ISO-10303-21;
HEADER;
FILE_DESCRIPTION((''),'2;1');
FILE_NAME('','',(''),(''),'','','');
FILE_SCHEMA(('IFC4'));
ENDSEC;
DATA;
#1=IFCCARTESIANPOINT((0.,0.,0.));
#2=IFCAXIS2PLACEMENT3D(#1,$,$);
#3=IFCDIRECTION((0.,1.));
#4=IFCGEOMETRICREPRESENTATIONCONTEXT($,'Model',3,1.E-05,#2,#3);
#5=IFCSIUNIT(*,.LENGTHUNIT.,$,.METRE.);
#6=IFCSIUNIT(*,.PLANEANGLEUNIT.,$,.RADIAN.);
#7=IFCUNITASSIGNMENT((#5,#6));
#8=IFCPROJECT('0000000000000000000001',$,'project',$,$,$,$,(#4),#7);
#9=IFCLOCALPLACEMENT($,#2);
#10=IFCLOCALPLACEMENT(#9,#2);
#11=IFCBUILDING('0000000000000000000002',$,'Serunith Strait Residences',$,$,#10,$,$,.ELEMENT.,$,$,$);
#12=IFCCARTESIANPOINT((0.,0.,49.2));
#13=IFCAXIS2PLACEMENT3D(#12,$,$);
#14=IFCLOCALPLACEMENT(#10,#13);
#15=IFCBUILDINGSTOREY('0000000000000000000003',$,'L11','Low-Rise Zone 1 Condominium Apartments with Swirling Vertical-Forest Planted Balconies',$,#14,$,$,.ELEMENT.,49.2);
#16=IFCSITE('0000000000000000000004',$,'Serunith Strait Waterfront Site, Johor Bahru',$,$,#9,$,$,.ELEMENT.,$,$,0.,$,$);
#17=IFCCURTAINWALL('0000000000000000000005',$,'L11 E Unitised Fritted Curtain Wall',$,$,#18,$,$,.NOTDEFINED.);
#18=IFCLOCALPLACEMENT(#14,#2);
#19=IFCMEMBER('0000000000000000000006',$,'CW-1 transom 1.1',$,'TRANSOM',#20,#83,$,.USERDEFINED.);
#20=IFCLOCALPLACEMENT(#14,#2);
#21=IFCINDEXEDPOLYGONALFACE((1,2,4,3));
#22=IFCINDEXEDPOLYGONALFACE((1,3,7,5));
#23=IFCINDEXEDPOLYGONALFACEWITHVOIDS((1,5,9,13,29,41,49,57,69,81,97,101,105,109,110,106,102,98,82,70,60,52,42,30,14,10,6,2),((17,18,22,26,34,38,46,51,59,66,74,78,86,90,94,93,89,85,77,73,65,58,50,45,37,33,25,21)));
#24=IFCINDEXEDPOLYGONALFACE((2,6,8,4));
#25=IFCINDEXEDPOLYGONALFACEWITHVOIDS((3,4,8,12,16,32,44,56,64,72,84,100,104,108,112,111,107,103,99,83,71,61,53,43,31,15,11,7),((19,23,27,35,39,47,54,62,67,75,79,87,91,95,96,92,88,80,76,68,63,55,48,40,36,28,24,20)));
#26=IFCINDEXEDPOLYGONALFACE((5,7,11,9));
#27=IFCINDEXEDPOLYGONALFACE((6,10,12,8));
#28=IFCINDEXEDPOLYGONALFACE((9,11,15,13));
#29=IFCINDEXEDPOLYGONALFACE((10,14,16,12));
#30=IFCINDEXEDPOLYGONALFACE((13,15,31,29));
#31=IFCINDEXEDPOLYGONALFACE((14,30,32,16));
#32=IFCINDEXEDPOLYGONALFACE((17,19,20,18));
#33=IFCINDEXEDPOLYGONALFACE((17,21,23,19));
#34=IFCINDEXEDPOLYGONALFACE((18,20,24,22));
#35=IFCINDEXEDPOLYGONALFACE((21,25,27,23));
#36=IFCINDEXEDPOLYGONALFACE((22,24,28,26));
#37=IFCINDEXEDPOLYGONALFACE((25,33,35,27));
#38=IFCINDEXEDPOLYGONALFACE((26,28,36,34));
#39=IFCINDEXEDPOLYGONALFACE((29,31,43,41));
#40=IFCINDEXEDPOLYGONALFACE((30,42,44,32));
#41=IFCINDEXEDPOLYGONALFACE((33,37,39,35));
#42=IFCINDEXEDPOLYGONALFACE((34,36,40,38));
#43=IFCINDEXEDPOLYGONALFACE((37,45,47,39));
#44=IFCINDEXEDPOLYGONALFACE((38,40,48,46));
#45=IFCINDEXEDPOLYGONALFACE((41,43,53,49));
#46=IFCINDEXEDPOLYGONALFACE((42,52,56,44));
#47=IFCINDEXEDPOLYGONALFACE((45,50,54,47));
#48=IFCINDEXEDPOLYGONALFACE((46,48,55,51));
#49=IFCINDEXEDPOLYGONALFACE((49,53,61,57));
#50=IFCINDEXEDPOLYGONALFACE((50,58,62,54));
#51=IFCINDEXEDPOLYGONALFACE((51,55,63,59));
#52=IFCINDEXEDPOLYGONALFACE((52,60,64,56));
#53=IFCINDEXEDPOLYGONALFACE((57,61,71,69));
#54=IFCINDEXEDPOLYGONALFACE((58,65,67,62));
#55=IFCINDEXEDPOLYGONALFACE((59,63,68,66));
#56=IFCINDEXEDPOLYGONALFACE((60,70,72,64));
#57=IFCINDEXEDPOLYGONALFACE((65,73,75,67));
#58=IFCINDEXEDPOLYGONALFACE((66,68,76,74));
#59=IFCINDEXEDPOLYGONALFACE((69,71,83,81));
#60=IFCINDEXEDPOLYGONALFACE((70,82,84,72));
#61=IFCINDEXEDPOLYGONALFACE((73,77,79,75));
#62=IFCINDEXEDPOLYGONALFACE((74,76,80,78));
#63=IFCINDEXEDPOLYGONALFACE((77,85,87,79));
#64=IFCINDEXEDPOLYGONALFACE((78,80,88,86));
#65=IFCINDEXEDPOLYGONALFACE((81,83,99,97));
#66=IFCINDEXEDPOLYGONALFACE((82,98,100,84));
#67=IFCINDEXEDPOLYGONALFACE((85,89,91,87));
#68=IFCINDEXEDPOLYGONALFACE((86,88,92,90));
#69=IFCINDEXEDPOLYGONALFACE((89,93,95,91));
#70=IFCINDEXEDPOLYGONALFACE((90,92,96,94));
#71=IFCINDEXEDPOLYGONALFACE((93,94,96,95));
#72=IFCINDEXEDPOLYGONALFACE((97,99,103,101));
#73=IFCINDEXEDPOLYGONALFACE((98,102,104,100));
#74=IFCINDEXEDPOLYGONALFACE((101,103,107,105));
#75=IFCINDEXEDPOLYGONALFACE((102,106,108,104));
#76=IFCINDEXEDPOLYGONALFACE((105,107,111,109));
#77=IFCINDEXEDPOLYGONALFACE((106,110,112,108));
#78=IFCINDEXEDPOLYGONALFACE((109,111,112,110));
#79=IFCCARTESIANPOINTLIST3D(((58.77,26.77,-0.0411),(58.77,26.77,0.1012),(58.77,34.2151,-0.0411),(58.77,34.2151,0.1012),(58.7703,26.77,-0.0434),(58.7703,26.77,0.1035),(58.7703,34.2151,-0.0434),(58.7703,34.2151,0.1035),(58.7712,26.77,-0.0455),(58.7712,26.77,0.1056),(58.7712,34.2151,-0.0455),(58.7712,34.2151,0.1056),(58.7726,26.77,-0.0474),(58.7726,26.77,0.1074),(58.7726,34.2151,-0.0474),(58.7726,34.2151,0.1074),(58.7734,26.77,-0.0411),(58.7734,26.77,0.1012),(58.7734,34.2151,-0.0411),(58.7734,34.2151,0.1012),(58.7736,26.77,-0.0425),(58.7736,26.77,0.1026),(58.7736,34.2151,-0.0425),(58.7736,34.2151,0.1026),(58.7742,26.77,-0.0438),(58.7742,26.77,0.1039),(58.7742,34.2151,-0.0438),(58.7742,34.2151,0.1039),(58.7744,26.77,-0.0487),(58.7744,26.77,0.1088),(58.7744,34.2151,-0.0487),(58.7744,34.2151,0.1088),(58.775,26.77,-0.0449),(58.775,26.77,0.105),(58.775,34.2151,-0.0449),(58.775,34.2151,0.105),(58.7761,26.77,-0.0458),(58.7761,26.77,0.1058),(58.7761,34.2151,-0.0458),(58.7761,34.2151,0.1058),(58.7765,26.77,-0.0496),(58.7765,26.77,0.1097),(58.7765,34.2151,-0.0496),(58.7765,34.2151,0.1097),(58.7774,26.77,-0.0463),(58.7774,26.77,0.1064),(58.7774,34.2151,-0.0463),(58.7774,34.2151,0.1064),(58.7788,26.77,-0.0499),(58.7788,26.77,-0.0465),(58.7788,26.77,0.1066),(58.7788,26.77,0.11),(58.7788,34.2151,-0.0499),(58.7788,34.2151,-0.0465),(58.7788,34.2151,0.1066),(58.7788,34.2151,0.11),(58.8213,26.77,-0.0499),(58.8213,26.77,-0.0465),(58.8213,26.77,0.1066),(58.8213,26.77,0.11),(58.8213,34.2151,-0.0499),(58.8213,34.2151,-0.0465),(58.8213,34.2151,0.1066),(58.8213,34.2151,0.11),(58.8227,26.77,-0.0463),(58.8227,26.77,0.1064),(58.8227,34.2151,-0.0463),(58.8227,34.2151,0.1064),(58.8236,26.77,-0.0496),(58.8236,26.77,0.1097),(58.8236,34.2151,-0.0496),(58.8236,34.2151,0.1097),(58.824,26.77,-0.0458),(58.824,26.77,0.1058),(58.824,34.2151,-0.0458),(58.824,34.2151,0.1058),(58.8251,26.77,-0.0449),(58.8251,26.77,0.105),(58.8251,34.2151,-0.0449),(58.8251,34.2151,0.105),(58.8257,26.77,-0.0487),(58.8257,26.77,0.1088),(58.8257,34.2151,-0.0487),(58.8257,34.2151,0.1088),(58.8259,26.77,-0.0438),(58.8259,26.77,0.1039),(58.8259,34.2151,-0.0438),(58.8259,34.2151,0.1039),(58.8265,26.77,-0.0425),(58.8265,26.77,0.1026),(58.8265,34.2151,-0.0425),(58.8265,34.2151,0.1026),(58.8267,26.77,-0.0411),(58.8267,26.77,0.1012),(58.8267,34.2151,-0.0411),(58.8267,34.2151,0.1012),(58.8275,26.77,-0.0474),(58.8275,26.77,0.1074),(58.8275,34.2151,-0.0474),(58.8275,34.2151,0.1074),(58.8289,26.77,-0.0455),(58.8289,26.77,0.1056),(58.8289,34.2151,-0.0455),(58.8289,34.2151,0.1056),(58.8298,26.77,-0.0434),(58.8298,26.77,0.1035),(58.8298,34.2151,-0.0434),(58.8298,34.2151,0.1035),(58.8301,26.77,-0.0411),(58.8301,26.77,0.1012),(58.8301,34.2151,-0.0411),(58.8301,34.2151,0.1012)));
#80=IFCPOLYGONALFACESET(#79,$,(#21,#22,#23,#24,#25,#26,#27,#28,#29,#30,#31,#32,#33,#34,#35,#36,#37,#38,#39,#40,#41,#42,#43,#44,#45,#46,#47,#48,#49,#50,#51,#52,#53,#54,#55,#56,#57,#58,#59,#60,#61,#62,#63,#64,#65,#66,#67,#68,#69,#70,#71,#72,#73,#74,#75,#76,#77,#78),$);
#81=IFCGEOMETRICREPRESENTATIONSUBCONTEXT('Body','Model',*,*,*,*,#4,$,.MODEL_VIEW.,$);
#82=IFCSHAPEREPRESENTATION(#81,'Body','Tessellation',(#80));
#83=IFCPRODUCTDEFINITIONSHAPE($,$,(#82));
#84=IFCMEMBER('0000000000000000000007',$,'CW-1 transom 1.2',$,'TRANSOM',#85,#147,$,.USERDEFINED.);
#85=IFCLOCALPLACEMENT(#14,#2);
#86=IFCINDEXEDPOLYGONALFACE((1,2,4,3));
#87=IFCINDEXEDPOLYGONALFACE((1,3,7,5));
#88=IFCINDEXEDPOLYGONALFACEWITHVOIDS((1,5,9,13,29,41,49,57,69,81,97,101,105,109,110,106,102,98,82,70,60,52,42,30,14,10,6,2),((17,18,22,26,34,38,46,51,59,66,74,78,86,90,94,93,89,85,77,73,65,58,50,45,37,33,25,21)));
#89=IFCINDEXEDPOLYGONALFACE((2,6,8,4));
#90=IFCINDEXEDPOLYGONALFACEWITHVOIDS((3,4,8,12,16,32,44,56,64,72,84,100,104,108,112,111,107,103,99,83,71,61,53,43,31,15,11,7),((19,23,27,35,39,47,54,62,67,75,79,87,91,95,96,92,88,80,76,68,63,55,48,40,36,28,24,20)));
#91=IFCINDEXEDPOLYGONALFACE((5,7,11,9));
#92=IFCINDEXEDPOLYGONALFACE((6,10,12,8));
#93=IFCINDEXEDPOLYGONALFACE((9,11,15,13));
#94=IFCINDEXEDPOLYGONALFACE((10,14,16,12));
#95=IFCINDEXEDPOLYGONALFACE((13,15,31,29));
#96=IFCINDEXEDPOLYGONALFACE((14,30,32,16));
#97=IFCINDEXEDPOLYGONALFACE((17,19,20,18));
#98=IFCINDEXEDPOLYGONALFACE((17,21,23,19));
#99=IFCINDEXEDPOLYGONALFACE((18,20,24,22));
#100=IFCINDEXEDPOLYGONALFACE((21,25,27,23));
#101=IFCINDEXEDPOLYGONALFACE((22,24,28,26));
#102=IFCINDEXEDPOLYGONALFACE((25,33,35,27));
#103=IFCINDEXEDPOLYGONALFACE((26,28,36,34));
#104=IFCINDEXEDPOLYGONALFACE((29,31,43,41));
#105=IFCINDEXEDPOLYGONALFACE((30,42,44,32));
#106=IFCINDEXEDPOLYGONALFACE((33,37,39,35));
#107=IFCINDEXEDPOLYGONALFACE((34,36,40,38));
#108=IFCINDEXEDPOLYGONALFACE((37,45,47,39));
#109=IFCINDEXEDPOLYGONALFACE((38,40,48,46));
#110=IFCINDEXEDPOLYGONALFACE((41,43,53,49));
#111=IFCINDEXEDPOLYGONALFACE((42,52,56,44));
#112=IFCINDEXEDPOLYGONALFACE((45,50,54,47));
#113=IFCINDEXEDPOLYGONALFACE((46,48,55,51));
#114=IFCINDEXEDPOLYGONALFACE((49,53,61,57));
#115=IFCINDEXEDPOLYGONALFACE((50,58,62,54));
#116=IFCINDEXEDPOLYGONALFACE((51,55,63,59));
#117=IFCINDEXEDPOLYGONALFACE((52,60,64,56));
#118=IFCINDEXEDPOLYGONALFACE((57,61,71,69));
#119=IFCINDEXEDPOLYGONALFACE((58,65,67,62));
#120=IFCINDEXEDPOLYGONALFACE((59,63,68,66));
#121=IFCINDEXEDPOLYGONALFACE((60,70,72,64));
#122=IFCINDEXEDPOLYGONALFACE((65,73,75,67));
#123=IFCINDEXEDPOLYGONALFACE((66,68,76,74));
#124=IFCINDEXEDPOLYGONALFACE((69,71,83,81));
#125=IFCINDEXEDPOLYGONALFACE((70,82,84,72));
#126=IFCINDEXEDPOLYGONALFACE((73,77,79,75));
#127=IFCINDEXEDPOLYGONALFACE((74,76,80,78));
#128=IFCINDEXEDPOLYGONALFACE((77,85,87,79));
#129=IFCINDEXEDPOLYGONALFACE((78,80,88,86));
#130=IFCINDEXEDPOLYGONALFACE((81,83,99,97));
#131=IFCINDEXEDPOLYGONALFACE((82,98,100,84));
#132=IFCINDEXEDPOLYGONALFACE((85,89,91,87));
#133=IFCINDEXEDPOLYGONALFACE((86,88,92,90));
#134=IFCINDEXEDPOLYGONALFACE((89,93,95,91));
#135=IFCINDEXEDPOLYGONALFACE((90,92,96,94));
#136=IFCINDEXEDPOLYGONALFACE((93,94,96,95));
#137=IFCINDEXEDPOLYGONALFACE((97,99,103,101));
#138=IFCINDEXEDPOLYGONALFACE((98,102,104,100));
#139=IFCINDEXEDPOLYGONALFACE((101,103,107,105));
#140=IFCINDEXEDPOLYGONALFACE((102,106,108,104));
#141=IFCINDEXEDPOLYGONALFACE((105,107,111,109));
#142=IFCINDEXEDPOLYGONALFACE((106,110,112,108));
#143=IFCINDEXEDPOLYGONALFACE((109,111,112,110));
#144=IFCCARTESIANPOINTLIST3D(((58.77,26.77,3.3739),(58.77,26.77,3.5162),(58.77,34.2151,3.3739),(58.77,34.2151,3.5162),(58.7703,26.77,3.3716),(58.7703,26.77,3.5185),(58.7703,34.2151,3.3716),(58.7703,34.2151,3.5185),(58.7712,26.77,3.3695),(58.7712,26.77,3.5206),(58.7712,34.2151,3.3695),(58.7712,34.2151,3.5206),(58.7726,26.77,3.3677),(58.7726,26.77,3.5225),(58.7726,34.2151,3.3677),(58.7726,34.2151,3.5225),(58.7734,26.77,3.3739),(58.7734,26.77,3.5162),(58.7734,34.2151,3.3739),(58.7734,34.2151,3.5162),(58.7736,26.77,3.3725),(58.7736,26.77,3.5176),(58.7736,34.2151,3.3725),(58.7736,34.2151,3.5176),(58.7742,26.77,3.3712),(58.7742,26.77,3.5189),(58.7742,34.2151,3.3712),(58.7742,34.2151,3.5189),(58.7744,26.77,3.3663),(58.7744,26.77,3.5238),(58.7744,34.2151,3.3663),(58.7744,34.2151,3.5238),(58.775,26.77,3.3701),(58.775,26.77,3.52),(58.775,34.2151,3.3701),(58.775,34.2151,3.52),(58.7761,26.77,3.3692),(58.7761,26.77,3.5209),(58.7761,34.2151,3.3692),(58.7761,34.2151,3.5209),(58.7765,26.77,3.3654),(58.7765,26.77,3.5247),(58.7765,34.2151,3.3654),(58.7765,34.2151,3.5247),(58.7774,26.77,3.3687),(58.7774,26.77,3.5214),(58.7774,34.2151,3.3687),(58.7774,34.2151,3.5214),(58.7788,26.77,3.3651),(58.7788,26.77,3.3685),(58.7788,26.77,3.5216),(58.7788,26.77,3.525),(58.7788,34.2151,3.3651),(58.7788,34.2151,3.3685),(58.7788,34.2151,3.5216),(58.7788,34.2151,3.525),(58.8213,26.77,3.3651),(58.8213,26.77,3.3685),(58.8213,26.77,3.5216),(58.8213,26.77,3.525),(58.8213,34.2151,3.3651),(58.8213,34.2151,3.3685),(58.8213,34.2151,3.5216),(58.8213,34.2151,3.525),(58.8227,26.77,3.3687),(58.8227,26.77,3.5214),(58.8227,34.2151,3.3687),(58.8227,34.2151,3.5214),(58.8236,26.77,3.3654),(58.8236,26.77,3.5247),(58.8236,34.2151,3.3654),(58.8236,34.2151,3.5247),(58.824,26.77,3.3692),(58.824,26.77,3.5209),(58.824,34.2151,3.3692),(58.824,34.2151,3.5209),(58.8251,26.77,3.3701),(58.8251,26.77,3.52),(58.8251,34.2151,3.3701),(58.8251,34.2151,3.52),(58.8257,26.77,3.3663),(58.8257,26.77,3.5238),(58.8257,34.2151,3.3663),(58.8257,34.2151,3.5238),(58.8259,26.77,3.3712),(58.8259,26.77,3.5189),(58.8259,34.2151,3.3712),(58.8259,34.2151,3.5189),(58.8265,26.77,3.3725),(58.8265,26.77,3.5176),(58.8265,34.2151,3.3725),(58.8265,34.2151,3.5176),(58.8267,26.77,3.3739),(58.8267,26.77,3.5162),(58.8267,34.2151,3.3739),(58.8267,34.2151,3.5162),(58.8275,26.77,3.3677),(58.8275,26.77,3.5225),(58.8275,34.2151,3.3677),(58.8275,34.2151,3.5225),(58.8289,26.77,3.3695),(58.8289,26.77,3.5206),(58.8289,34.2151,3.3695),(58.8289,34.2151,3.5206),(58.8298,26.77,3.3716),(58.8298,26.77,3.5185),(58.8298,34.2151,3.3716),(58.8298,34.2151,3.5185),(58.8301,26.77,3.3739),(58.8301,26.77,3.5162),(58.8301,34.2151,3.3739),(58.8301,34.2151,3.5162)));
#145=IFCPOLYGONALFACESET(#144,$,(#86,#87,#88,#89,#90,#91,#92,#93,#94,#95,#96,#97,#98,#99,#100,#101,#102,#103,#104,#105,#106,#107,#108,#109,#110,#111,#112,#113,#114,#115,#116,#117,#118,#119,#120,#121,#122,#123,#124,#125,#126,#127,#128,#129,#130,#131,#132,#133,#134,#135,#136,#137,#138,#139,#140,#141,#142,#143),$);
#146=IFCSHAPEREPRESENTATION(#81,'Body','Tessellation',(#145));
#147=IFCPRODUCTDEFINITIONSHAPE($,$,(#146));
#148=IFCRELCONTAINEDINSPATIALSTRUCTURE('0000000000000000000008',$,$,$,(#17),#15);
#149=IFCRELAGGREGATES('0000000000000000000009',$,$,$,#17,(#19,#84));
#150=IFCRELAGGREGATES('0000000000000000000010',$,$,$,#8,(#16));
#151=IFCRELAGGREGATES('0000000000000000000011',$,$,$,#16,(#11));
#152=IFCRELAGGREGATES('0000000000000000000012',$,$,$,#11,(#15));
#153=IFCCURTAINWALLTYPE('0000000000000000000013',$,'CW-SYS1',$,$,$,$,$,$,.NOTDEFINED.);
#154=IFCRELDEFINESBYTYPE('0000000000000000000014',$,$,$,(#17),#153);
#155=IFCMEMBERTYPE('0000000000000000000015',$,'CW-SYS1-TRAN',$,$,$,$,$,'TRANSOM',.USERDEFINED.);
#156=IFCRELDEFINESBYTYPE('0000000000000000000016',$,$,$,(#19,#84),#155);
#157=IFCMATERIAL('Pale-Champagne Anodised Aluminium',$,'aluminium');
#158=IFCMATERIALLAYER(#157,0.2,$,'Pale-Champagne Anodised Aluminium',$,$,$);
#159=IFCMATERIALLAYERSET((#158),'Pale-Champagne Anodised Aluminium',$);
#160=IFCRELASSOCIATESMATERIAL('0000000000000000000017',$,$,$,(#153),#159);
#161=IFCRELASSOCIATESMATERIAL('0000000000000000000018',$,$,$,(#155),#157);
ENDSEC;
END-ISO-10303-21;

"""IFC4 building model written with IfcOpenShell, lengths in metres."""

from ifc_helpers import new_model, si_unit, direction, frame, origin, origin_2d, place, context, subcontext, project, spatial, hollow_rectangle, extrude, source, transform, mapped, material, layer, layer_set, material_profile, profile_set, type_object, element, aggregate, save


model = new_model("IFC4")

# Units and contexts
model_context = context("Model", 3, precision=1e-05, world=origin(), true_north=direction((0.0, 1.0)))
body_context = subcontext(model_context, "Body", "Model", "MODEL_VIEW")
ifc_project = project(units=[si_unit("LENGTHUNIT", "METRE"), si_unit("PLANEANGLEUNIT", "RADIAN")], contexts=[model_context])

# Site, building, storey
site_placement = place(None, origin())
site = spatial("IfcSite", under=ifc_project, at=site_placement, Name="Serunith Strait Waterfront Site, Johor Bahru", CompositionType="ELEMENT", RefElevation=0.0)
building_placement = place(site_placement, origin())
building = spatial("IfcBuilding", under=site, at=building_placement, Name="Serunith Strait Residences", CompositionType="ELEMENT")
storey_placement = place(building_placement, frame((0.0, 0.0, 49.2)))
storey = spatial("IfcBuildingStorey", under=building, at=storey_placement, Name="L11", Description="Low-Rise Zone 1 Condominium Apartments with Swirling Vertical-Forest Planted Balconies", CompositionType="ELEMENT", Elevation=49.2)

# Curtain wall, members
ifc_material_1 = material(Name="Pale-Champagne Anodised Aluminium", Category="aluminium")
ifc_layer_1 = layer(ifc_material_1, 0.2, Name="Pale-Champagne Anodised Aluminium")
ifc_layer_set_1 = layer_set([ifc_layer_1], Name="Pale-Champagne Anodised Aluminium")
curtain_wall_type = type_object("IfcCurtainWallType", Name="CW-SYS1", PredefinedType="NOTDEFINED", material=ifc_layer_set_1)
curtain_wall_placement = place(storey_placement, origin())
curtain_wall = element("IfcCurtainWall", 1, at=curtain_wall_placement, inside=storey, type_object=curtain_wall_type, Name="L11 E Unitised Fritted Curtain Wall", PredefinedType="NOTDEFINED")
ifc_material_profile_1 = material_profile(ifc_material_1, hollow_rectangle(XDim=0.0601, YDim=0.1599, WallThickness=0.0034, InnerFilletRadius=0.0054, OuterFilletRadius=0.0088, at=origin_2d()), Name="ALU 160x60x3.5")
ifc_profile_set_1 = profile_set([ifc_material_profile_1], Name="Pale-Champagne Anodised Aluminium")
member_type_1 = type_object("IfcMemberType", Name="CW-SYS1-TRAN", ElementType="TRANSOM", PredefinedType="USERDEFINED", material=ifc_profile_set_1)
shared_shape_1 = source(origin(), body_context, "Body", "SweptSolid", [
    extrude(hollow_rectangle(XDim=0.0601, YDim=0.1599, WallThickness=0.0034, InnerFilletRadius=0.0054, OuterFilletRadius=0.0088, at=origin_2d()), origin(), (0.0, 0.0, 1.0), 7.4451),
])
member_1_placement = place(storey_placement, frame((58.8, 26.77, 0.03), z_axis=(0.0, 1.0, 0.0), x_axis=(-1.0, 0.0, 0.0)))
member_1 = element("IfcMember", 2, at=member_1_placement, type_object=member_type_1, Name="CW-1 transom 1.1", ObjectType="TRANSOM", PredefinedType="USERDEFINED", context=body_context, shape_type="MappedRepresentation", body=[
    mapped(shared_shape_1, transform((0.0, 0.0, 0.0), scale=1.0)),
])
member_2_placement = place(storey_placement, frame((58.8, 26.77, 3.4451), z_axis=(0.0, 1.0, 0.0), x_axis=(-1.0, 0.0, 0.0)))
member_2 = element("IfcMember", 3, at=member_2_placement, type_object=member_type_1, Name="CW-1 transom 1.2", ObjectType="TRANSOM", PredefinedType="USERDEFINED", context=body_context, shape_type="MappedRepresentation", body=[
    mapped(shared_shape_1, transform((0.0, 0.0, 0.0), scale=1.0)),
])
aggregate(curtain_wall, [member_1, member_2])

save(model, "model.ifc")
